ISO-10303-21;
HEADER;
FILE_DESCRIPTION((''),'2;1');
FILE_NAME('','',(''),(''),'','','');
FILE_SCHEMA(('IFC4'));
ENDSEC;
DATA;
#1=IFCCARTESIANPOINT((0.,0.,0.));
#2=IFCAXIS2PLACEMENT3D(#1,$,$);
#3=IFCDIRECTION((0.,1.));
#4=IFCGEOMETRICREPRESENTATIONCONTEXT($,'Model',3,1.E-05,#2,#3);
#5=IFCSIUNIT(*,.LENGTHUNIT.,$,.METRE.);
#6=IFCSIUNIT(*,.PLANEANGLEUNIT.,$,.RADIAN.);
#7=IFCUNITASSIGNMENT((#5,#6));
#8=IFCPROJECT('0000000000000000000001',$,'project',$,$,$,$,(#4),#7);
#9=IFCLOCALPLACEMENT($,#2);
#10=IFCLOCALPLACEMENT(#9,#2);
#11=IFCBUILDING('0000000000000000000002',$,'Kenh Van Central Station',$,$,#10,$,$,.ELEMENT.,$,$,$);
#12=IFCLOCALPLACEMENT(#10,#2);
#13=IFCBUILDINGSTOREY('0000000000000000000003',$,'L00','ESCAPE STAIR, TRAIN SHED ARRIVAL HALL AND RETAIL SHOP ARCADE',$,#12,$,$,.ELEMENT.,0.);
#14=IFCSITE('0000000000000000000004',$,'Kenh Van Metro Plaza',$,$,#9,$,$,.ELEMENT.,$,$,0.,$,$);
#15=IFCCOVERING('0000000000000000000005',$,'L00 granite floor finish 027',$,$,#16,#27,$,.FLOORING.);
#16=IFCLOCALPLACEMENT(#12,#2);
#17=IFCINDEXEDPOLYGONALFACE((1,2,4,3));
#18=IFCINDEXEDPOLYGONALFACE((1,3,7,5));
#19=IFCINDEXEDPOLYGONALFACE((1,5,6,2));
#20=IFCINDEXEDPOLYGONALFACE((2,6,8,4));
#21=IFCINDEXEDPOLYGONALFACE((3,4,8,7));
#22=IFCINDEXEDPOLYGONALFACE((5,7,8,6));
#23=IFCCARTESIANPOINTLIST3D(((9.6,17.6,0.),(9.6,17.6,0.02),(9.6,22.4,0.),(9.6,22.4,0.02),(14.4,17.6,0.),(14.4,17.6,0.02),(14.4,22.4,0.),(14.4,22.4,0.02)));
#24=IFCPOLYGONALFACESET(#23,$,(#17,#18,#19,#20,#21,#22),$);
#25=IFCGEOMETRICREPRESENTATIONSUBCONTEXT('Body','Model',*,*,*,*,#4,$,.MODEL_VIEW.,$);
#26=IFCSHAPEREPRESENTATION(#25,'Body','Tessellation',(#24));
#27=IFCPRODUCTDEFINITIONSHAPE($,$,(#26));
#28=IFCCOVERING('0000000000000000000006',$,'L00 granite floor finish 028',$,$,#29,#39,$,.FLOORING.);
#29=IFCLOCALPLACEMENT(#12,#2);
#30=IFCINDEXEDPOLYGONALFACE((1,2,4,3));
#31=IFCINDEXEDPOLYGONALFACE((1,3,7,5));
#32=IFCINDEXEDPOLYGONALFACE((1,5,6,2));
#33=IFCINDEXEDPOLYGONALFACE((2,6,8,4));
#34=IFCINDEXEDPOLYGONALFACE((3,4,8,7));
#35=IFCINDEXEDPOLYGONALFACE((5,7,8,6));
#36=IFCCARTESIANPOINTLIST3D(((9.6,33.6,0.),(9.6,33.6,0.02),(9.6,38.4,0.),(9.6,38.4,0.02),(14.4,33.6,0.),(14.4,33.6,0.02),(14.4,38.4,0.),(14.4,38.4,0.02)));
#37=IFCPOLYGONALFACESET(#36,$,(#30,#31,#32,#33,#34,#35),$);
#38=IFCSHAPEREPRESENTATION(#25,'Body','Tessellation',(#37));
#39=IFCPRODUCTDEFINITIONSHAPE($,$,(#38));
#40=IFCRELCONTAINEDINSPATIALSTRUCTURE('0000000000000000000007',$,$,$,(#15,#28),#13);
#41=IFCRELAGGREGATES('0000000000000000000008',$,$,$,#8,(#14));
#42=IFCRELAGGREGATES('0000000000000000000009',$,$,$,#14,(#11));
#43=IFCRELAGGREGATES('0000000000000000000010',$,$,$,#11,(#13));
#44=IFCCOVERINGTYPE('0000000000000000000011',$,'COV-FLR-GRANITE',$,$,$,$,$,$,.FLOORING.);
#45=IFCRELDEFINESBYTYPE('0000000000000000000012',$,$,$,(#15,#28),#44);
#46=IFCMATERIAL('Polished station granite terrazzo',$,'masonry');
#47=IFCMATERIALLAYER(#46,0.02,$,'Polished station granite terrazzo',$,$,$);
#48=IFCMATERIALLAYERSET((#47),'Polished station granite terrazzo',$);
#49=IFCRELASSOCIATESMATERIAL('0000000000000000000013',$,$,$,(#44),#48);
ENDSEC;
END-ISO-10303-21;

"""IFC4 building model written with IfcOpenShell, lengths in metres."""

from ifc_helpers import new_model, si_unit, direction, frame, origin, origin_2d, place, context, subcontext, project, spatial, rectangle, extrude, material, layer, layer_set, type_object, element, save


model = new_model("IFC4")

# Units and contexts
model_context = context("Model", 3, precision=1e-05, world=origin(), true_north=direction((0.0, 1.0)))
body_context = subcontext(model_context, "Body", "Model", "MODEL_VIEW")
ifc_project = project(units=[si_unit("LENGTHUNIT", "METRE"), si_unit("PLANEANGLEUNIT", "RADIAN")], contexts=[model_context])

# Site, building, storey
site_placement = place(None, origin())
site = spatial("IfcSite", under=ifc_project, at=site_placement, Name="Kenh Van Metro Plaza", CompositionType="ELEMENT", RefElevation=0.0)
building_placement = place(site_placement, origin())
building = spatial("IfcBuilding", under=site, at=building_placement, Name="Kenh Van Central Station", CompositionType="ELEMENT")
storey_placement = place(building_placement, origin())
storey = spatial("IfcBuildingStorey", under=building, at=storey_placement, Name="L00", Description="ESCAPE STAIR, TRAIN SHED ARRIVAL HALL AND RETAIL SHOP ARCADE", CompositionType="ELEMENT", Elevation=0.0)

# Coverings
ifc_material_1 = material(Name="Polished station granite terrazzo", Category="masonry")
ifc_layer_1 = layer(ifc_material_1, 0.02, Name="Polished station granite terrazzo")
ifc_layer_set_1 = layer_set([ifc_layer_1], Name="Polished station granite terrazzo")
covering_type_1 = type_object("IfcCoveringType", Name="COV-FLR-GRANITE", PredefinedType="FLOORING", material=ifc_layer_set_1)
for number, where, z_axis, x_axis, name in (
    (1, (12.0, 20.0, 0.0), (0.0, 0.0, 1.0), (1.0, 0.0, 0.0), "L00 granite floor finish 027"),
    (2, (12.0, 36.0, 0.0), (0.0, 0.0, 1.0), (1.0, 0.0, 0.0), "L00 granite floor finish 028"),
):
    element("IfcCovering", number, at=place(storey_placement, frame(where, z_axis=z_axis, x_axis=x_axis)), inside=storey, type_object=covering_type_1, Name=name, PredefinedType="FLOORING", context=body_context, shape_type="SweptSolid", body=[
        extrude(rectangle(XDim=4.8, YDim=4.8, at=origin_2d()), origin(), (0.0, 0.0, 1.0), 0.02),
    ])

save(model, "model.ifc")
